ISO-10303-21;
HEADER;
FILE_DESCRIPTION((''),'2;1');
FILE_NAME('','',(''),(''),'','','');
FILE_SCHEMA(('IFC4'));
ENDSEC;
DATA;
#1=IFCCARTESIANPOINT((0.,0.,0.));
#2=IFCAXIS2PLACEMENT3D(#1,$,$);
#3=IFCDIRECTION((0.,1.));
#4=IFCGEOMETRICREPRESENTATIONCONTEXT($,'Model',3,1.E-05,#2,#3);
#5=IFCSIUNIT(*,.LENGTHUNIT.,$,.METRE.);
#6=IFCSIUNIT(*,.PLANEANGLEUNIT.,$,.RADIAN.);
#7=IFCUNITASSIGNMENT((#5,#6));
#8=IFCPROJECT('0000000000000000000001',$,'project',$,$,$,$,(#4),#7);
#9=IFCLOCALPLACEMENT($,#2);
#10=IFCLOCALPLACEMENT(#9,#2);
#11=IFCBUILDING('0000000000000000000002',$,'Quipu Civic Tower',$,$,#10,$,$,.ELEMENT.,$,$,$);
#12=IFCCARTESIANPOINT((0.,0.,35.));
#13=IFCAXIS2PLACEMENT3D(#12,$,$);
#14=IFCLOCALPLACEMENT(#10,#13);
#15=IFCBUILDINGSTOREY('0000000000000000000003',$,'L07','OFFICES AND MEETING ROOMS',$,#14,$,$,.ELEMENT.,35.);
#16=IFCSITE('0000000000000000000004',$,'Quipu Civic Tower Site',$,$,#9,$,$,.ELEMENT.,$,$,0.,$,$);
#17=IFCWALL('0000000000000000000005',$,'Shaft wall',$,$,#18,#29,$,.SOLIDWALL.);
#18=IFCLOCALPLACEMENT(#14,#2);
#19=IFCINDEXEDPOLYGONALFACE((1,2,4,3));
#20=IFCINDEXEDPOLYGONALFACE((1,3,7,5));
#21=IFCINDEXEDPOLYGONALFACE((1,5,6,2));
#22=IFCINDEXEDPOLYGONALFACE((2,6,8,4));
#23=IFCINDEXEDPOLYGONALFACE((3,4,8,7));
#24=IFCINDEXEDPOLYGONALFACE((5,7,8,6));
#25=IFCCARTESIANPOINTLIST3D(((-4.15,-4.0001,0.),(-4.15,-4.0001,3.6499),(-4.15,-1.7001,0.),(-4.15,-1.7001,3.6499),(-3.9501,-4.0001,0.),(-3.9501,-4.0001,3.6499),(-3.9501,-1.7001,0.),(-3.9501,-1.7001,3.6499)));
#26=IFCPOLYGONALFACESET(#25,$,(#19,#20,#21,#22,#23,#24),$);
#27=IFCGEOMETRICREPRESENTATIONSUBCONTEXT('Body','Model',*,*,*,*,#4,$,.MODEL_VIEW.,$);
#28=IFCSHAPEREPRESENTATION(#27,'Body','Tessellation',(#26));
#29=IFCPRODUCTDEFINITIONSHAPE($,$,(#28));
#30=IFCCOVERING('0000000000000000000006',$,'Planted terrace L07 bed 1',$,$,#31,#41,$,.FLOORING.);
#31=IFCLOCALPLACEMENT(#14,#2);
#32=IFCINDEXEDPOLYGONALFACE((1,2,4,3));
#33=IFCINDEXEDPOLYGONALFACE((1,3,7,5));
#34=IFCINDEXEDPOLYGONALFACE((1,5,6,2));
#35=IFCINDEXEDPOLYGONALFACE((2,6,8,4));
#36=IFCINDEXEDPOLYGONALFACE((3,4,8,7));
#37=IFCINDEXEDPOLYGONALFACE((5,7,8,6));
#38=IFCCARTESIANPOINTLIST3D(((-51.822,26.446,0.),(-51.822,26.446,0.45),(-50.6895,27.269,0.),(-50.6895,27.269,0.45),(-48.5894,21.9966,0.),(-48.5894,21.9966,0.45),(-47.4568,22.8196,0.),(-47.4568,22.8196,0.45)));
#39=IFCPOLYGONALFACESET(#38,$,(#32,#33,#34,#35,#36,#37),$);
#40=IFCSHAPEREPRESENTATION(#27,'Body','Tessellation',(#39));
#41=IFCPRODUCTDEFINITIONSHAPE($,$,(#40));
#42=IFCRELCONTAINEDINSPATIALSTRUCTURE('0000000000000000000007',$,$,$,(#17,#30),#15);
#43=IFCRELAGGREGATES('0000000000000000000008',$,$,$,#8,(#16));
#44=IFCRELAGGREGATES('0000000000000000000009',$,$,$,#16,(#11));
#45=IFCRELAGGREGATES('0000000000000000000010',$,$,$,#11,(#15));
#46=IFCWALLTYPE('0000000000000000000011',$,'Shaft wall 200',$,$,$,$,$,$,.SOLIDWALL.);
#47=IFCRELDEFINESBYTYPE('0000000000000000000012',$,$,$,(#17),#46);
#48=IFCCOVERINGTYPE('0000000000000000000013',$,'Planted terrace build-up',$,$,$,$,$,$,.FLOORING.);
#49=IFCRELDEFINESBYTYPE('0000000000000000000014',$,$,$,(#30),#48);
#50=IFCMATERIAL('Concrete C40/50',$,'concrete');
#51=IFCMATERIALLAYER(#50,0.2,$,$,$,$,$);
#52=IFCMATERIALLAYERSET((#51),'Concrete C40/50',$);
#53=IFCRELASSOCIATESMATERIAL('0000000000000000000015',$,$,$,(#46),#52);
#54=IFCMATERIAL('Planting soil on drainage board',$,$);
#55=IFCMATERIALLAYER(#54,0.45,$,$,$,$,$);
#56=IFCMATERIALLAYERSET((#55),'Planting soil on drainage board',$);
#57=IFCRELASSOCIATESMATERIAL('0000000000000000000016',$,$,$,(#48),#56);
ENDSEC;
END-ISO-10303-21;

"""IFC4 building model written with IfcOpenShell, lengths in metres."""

from ifc_helpers import new_model, si_unit, direction, frame, frame_2d, origin, place, context, subcontext, project, spatial, polyline, rectangle, outline, extrude, material, layer, layer_set, type_object, element, save


model = new_model("IFC4")

# Units and contexts
model_context = context("Model", 3, precision=1e-05, world=origin(), true_north=direction((0.0, 1.0)))
body_context = subcontext(model_context, "Body", "Model", "MODEL_VIEW")
ifc_project = project(units=[si_unit("LENGTHUNIT", "METRE"), si_unit("PLANEANGLEUNIT", "RADIAN")], contexts=[model_context])

# Site, building, storey
site_placement = place(None, origin())
site = spatial("IfcSite", under=ifc_project, at=site_placement, Name="Quipu Civic Tower Site", CompositionType="ELEMENT", RefElevation=0.0)
building_placement = place(site_placement, origin())
building = spatial("IfcBuilding", under=site, at=building_placement, Name="Quipu Civic Tower", CompositionType="ELEMENT")
storey_placement = place(building_placement, frame((0.0, 0.0, 35.0)))
storey = spatial("IfcBuildingStorey", under=building, at=storey_placement, Name="L07", Description="OFFICES AND MEETING ROOMS", CompositionType="ELEMENT", Elevation=35.0)

# Wall
ifc_material_1 = material(Name="Concrete C40/50", Category="concrete")
ifc_layer_1 = layer(ifc_material_1, 0.2)
ifc_layer_set_1 = layer_set([ifc_layer_1], Name="Concrete C40/50")
wall_type_1 = type_object("IfcWallType", Name="Shaft wall 200", PredefinedType="SOLIDWALL", material=ifc_layer_set_1)
for number, where, z_axis, x_axis, name in (
    (1, (-4.05, -4.0, 0.0), (0.0, 0.0, 1.0), (0.0, 1.0, 0.0), "Shaft wall"),
):
    element("IfcWall", number, at=place(storey_placement, frame(where, z_axis=z_axis, x_axis=x_axis)), inside=storey, type_object=wall_type_1, Name=name, PredefinedType="SOLIDWALL", context=body_context, shape_type="SweptSolid", body=[
        extrude(rectangle(XDim=2.3, YDim=0.2, at=frame_2d((1.1499, 0.0))), origin(), (0.0, 0.0, 1.0), 3.6499),
    ])

# Covering
ifc_material_2 = material(Name="Planting soil on drainage board")
ifc_layer_2 = layer(ifc_material_2, 0.45)
ifc_layer_set_2 = layer_set([ifc_layer_2], Name="Planting soil on drainage board")
covering_type = type_object("IfcCoveringType", Name="Planted terrace build-up", PredefinedType="FLOORING", material=ifc_layer_set_2)
covering_placement = place(storey_placement, origin())
element("IfcCovering", 2, at=covering_placement, inside=storey, type_object=covering_type, Name="Planted terrace L07 bed 1", PredefinedType="FLOORING", context=body_context, shape_type="SweptSolid", body=[
    extrude(outline(polyline([(-47.4568, 22.8196), (-48.5894, 21.9966), (-51.822, 26.446), (-50.6895, 27.269), (-47.4568, 22.8196)])), origin(), (0.0, 0.0, 1.0), 0.45),
])

save(model, "model.ifc")
